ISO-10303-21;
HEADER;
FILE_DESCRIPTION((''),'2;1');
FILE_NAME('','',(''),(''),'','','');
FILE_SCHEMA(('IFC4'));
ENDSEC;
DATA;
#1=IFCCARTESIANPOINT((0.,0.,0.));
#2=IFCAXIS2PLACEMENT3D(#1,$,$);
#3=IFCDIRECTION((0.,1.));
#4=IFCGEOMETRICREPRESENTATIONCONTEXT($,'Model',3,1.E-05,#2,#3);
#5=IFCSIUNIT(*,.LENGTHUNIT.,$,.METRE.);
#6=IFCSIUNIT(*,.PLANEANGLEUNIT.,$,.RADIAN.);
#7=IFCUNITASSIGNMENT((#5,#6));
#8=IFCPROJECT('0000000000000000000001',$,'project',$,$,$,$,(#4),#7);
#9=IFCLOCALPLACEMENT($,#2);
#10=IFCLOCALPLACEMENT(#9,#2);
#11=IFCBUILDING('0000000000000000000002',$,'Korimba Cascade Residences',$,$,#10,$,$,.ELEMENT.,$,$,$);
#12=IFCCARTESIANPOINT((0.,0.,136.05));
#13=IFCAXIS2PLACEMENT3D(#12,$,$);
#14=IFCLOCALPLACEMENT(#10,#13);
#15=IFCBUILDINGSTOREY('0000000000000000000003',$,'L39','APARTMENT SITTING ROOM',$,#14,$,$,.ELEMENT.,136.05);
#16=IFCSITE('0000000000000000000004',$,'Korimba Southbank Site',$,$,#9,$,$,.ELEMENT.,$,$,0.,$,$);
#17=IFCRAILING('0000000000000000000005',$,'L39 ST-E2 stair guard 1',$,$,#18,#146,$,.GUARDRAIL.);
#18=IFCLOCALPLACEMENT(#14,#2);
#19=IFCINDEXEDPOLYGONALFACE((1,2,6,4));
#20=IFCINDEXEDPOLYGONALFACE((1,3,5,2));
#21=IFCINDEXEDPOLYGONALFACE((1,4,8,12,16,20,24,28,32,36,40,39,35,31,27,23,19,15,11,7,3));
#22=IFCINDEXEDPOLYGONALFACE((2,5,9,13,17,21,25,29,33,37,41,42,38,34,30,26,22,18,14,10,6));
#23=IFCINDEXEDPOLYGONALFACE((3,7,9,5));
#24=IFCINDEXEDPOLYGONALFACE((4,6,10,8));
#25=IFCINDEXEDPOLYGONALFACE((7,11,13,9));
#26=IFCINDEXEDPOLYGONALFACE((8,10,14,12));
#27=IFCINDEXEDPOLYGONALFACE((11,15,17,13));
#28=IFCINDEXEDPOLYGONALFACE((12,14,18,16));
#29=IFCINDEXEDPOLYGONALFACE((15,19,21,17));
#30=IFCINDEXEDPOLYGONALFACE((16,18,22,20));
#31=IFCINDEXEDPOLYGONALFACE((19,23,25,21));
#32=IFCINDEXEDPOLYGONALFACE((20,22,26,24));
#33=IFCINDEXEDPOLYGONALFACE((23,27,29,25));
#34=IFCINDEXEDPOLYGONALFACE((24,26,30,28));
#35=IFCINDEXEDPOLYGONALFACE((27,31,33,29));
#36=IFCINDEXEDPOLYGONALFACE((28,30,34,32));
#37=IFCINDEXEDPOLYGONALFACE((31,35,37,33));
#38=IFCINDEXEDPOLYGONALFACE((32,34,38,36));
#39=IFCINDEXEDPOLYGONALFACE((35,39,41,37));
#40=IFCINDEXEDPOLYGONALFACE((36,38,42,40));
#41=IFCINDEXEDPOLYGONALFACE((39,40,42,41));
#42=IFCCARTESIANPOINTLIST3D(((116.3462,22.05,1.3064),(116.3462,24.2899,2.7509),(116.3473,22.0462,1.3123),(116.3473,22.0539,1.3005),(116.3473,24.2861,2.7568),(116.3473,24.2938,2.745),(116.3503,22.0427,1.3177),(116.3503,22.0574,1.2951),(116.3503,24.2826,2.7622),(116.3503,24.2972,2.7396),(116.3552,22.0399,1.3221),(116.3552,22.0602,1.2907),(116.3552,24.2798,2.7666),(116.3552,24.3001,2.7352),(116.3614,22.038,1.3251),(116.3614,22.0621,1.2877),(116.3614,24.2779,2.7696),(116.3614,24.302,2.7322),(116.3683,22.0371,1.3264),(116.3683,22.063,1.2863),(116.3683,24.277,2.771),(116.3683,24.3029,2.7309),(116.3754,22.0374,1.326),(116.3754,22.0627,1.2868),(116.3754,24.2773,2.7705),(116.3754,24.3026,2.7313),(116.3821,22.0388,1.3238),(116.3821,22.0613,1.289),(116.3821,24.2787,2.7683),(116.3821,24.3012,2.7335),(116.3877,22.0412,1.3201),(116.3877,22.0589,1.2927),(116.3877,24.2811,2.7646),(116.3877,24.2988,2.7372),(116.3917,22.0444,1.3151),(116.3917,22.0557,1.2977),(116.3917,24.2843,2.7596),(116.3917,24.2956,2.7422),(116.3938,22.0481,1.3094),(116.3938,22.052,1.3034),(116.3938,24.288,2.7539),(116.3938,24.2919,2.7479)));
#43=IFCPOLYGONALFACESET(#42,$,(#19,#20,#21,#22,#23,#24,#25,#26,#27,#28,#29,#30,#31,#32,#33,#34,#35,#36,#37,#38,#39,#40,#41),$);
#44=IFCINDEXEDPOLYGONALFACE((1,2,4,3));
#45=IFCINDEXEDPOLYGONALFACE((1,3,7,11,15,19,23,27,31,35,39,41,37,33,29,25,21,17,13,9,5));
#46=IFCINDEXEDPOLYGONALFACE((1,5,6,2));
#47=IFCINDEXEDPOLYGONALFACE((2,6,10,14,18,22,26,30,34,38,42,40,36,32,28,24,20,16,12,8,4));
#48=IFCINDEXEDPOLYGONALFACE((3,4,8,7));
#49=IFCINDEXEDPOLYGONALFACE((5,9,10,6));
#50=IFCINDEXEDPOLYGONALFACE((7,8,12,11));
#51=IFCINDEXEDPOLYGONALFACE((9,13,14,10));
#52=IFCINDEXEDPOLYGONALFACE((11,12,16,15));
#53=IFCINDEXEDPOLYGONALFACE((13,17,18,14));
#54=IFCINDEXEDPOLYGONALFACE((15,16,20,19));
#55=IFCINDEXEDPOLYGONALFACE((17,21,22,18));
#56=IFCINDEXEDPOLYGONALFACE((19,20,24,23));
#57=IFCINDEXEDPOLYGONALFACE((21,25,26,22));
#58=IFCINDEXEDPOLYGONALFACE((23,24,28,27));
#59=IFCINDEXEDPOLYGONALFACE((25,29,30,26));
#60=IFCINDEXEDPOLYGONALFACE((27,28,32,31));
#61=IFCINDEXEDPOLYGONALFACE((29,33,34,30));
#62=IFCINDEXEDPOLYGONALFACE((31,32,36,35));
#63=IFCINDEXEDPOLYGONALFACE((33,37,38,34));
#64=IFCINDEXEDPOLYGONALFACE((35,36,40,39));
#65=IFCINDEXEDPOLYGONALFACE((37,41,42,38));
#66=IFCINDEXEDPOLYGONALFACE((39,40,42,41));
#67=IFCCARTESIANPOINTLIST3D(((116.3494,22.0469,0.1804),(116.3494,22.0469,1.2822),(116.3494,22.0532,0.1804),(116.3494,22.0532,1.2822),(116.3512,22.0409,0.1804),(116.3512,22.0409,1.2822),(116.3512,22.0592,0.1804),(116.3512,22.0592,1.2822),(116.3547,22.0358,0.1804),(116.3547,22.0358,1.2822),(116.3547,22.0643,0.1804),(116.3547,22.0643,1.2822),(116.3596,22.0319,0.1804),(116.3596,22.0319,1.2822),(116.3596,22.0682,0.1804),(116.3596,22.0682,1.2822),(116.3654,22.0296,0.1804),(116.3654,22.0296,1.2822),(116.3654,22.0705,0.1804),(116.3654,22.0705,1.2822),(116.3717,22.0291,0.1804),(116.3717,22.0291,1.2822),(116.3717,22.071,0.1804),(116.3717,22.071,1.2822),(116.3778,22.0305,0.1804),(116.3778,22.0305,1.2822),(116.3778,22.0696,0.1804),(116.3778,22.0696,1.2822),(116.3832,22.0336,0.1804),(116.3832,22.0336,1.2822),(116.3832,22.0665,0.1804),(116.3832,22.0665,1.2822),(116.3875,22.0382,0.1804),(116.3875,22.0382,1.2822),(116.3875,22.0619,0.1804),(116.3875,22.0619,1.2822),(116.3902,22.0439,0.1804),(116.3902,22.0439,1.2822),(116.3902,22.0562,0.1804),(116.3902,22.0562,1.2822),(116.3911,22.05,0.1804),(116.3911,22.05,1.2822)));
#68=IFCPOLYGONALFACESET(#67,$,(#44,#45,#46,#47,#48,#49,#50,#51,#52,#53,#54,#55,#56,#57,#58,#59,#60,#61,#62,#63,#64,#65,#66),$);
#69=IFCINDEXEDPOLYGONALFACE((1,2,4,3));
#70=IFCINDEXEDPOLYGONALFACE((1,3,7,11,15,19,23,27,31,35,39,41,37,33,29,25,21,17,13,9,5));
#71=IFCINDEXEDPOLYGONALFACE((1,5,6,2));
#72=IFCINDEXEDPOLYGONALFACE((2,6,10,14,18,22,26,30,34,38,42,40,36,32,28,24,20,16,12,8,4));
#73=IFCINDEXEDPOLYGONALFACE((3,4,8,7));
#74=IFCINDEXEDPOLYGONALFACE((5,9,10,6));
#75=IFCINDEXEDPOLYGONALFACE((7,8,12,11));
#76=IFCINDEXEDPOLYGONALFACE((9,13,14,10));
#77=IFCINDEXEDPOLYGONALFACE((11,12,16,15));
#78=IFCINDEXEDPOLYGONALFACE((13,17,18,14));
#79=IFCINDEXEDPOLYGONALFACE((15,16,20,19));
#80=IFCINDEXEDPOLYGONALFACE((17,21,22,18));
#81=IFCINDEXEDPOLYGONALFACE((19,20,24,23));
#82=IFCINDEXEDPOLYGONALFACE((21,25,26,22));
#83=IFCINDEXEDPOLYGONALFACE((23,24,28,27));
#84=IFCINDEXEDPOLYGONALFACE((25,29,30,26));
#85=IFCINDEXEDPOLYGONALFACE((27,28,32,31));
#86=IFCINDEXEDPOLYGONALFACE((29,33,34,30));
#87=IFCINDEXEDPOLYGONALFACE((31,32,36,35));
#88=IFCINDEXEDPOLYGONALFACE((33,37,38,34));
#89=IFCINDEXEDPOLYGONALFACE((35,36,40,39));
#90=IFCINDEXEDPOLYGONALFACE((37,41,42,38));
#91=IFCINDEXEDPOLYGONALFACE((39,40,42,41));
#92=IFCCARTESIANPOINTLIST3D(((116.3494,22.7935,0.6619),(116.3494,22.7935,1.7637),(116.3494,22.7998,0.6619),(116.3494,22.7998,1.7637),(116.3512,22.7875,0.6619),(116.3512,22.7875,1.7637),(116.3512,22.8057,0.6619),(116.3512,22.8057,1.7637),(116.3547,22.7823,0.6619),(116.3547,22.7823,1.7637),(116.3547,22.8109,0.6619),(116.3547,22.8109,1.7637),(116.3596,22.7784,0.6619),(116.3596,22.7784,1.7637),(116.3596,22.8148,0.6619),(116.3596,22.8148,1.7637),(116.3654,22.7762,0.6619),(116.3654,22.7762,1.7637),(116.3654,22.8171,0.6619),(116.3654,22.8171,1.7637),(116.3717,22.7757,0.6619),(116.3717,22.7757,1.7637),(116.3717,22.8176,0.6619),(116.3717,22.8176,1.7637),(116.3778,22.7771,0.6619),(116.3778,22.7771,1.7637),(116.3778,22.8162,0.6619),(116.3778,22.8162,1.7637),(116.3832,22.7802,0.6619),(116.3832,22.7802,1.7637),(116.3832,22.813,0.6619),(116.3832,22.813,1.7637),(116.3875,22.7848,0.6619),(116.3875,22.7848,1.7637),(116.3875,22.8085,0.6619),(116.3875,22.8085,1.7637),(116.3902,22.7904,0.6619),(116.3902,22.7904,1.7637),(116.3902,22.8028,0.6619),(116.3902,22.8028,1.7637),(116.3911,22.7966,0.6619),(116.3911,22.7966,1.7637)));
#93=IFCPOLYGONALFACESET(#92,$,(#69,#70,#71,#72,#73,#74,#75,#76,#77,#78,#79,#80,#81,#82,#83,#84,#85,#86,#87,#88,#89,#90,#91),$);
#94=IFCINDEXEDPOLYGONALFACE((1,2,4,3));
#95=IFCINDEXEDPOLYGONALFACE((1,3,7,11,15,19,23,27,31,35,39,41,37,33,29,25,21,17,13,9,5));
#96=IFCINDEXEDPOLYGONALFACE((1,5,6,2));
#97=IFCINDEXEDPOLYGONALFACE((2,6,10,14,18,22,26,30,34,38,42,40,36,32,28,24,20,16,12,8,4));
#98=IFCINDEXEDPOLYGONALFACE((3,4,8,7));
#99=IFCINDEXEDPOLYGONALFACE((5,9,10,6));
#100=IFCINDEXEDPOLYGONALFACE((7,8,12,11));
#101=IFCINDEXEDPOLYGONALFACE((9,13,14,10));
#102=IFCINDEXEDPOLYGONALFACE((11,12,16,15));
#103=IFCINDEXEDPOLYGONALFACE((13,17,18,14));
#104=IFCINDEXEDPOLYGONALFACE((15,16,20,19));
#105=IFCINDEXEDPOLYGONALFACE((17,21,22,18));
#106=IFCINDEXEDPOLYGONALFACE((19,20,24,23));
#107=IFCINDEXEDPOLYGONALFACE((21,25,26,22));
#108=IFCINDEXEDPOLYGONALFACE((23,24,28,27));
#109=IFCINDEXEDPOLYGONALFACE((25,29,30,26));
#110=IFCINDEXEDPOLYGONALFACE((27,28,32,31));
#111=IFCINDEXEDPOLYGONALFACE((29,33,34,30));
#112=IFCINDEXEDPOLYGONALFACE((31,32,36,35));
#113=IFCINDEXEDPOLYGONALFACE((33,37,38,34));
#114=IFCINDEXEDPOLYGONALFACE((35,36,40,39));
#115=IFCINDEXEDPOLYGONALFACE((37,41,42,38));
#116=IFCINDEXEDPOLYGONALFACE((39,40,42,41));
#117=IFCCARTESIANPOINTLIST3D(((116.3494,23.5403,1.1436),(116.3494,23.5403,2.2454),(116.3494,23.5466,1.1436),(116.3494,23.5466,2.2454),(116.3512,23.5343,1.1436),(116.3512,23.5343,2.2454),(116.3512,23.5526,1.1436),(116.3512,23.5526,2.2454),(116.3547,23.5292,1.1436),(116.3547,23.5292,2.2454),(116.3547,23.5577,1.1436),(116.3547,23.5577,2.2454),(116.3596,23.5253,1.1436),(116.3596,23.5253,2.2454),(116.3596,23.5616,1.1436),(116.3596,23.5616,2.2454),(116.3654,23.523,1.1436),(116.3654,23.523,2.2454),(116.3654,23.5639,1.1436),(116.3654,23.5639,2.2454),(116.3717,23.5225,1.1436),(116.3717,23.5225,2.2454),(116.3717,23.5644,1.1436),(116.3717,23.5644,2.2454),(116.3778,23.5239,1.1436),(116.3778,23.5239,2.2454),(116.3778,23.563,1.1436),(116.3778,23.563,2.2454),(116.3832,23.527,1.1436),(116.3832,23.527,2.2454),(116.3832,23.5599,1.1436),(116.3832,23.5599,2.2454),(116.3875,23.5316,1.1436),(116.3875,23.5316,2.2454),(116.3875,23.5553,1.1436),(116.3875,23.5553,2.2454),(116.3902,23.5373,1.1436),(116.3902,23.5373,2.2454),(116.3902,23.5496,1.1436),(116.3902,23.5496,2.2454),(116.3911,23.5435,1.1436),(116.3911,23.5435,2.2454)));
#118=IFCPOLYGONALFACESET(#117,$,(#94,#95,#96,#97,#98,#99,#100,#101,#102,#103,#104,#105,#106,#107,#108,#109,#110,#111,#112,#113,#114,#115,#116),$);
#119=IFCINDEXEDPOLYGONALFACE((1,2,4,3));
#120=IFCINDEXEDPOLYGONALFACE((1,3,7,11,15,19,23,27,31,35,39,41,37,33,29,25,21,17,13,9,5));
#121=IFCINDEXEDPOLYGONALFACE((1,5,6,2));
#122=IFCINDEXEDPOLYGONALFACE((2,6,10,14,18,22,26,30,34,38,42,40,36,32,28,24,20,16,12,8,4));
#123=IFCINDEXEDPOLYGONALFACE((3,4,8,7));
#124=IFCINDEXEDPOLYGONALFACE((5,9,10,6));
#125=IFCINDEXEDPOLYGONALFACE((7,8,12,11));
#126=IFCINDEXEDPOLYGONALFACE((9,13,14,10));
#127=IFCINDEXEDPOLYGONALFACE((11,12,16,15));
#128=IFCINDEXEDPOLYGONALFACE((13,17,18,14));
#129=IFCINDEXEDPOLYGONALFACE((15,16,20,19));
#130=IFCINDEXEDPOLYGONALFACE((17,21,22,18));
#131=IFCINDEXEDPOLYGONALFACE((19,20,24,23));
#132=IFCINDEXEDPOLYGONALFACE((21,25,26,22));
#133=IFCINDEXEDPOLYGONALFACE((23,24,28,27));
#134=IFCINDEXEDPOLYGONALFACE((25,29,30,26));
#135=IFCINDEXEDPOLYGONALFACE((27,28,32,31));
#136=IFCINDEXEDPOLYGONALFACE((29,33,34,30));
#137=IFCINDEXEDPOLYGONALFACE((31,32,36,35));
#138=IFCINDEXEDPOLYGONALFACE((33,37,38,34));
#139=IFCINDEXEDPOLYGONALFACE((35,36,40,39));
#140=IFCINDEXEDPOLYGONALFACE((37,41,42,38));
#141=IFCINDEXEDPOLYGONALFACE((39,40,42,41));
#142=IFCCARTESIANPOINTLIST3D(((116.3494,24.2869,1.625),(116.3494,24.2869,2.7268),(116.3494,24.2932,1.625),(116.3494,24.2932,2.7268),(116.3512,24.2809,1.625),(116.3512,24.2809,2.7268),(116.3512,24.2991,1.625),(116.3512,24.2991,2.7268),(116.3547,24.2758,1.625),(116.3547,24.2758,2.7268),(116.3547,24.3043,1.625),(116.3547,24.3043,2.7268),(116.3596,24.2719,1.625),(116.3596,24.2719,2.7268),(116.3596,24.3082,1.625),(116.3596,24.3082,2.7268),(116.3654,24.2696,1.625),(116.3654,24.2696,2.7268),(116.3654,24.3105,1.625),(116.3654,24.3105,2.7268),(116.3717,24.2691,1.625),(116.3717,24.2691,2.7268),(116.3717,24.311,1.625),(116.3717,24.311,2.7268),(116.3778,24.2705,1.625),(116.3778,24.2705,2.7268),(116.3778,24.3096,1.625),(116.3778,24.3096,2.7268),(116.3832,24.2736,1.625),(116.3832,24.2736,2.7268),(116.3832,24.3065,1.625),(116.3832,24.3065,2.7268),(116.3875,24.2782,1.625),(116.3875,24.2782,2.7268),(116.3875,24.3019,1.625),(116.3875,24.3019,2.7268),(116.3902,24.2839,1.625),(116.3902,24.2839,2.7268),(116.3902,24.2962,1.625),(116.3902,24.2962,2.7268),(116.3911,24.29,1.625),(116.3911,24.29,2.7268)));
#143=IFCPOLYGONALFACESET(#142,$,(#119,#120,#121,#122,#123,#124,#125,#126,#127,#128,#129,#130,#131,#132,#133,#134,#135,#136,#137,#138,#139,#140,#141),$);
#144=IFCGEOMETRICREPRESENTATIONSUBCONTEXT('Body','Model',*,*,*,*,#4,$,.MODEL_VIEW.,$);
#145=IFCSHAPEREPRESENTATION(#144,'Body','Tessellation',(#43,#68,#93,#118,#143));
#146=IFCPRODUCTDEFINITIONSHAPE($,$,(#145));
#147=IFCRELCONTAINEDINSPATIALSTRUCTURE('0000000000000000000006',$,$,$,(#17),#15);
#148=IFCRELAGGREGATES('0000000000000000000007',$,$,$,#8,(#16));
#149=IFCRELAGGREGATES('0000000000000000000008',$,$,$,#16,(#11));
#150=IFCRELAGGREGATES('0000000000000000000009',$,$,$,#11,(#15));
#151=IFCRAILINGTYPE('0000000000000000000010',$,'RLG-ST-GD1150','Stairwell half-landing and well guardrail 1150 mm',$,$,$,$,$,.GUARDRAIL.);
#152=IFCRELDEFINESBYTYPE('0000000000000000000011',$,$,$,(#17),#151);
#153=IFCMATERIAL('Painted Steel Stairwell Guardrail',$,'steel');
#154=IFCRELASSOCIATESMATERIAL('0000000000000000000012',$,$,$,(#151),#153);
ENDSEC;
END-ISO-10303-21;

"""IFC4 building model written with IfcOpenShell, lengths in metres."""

from ifc_helpers import new_model, si_unit, direction, frame, origin, origin_2d, place, context, subcontext, project, spatial, circle, extrude, material, type_object, element, save


model = new_model("IFC4")

# Units and contexts
model_context = context("Model", 3, precision=1e-05, world=origin(), true_north=direction((0.0, 1.0)))
body_context = subcontext(model_context, "Body", "Model", "MODEL_VIEW")
ifc_project = project(units=[si_unit("LENGTHUNIT", "METRE"), si_unit("PLANEANGLEUNIT", "RADIAN")], contexts=[model_context])

# Site, building, storey
site_placement = place(None, origin())
site = spatial("IfcSite", under=ifc_project, at=site_placement, Name="Korimba Southbank Site", CompositionType="ELEMENT", RefElevation=0.0)
building_placement = place(site_placement, origin())
building = spatial("IfcBuilding", under=site, at=building_placement, Name="Korimba Cascade Residences", CompositionType="ELEMENT")
storey_placement = place(building_placement, frame((0.0, 0.0, 136.05)))
storey = spatial("IfcBuildingStorey", under=building, at=storey_placement, Name="L39", Description="APARTMENT SITTING ROOM", CompositionType="ELEMENT", Elevation=136.05)

# Railing
ifc_material_1 = material(Name="Painted Steel Stairwell Guardrail", Category="steel")
railing_type_1 = type_object("IfcRailingType", Name="RLG-ST-GD1150", Description="Stairwell half-landing and well guardrail 1150 mm", PredefinedType="GUARDRAIL", material=ifc_material_1)
railing_1_placement = place(storey_placement, frame((116.3701, 22.05, 0.1804)))
element("IfcRailing", 1, at=railing_1_placement, inside=storey, type_object=railing_type_1, Name="L39 ST-E2 stair guard 1", PredefinedType="GUARDRAIL", context=body_context, shape_type="SweptSolid", body=[
    extrude(circle(Radius=0.0239, at=origin_2d()), frame((0.0, 0.0, 1.126), z_axis=(0.0, 0.840395, 0.541975), x_axis=(-1.0, 0.0, 0.0)), (0.0, 0.0, 1.0), 2.6653),
    extrude(circle(Radius=0.021, at=origin_2d()), origin(), (0.0, 0.0, 1.0), 1.1018),
    extrude(circle(Radius=0.021, at=origin_2d()), frame((0.0, 0.7466, 0.4814)), (0.0, 0.0, 1.0), 1.1018),
    extrude(circle(Radius=0.021, at=origin_2d()), frame((0.0, 1.4934, 0.9631)), (0.0, 0.0, 1.0), 1.1018),
    extrude(circle(Radius=0.021, at=origin_2d()), frame((0.0, 2.24, 1.4446)), (0.0, 0.0, 1.0), 1.1018),
])

save(model, "model.ifc")
